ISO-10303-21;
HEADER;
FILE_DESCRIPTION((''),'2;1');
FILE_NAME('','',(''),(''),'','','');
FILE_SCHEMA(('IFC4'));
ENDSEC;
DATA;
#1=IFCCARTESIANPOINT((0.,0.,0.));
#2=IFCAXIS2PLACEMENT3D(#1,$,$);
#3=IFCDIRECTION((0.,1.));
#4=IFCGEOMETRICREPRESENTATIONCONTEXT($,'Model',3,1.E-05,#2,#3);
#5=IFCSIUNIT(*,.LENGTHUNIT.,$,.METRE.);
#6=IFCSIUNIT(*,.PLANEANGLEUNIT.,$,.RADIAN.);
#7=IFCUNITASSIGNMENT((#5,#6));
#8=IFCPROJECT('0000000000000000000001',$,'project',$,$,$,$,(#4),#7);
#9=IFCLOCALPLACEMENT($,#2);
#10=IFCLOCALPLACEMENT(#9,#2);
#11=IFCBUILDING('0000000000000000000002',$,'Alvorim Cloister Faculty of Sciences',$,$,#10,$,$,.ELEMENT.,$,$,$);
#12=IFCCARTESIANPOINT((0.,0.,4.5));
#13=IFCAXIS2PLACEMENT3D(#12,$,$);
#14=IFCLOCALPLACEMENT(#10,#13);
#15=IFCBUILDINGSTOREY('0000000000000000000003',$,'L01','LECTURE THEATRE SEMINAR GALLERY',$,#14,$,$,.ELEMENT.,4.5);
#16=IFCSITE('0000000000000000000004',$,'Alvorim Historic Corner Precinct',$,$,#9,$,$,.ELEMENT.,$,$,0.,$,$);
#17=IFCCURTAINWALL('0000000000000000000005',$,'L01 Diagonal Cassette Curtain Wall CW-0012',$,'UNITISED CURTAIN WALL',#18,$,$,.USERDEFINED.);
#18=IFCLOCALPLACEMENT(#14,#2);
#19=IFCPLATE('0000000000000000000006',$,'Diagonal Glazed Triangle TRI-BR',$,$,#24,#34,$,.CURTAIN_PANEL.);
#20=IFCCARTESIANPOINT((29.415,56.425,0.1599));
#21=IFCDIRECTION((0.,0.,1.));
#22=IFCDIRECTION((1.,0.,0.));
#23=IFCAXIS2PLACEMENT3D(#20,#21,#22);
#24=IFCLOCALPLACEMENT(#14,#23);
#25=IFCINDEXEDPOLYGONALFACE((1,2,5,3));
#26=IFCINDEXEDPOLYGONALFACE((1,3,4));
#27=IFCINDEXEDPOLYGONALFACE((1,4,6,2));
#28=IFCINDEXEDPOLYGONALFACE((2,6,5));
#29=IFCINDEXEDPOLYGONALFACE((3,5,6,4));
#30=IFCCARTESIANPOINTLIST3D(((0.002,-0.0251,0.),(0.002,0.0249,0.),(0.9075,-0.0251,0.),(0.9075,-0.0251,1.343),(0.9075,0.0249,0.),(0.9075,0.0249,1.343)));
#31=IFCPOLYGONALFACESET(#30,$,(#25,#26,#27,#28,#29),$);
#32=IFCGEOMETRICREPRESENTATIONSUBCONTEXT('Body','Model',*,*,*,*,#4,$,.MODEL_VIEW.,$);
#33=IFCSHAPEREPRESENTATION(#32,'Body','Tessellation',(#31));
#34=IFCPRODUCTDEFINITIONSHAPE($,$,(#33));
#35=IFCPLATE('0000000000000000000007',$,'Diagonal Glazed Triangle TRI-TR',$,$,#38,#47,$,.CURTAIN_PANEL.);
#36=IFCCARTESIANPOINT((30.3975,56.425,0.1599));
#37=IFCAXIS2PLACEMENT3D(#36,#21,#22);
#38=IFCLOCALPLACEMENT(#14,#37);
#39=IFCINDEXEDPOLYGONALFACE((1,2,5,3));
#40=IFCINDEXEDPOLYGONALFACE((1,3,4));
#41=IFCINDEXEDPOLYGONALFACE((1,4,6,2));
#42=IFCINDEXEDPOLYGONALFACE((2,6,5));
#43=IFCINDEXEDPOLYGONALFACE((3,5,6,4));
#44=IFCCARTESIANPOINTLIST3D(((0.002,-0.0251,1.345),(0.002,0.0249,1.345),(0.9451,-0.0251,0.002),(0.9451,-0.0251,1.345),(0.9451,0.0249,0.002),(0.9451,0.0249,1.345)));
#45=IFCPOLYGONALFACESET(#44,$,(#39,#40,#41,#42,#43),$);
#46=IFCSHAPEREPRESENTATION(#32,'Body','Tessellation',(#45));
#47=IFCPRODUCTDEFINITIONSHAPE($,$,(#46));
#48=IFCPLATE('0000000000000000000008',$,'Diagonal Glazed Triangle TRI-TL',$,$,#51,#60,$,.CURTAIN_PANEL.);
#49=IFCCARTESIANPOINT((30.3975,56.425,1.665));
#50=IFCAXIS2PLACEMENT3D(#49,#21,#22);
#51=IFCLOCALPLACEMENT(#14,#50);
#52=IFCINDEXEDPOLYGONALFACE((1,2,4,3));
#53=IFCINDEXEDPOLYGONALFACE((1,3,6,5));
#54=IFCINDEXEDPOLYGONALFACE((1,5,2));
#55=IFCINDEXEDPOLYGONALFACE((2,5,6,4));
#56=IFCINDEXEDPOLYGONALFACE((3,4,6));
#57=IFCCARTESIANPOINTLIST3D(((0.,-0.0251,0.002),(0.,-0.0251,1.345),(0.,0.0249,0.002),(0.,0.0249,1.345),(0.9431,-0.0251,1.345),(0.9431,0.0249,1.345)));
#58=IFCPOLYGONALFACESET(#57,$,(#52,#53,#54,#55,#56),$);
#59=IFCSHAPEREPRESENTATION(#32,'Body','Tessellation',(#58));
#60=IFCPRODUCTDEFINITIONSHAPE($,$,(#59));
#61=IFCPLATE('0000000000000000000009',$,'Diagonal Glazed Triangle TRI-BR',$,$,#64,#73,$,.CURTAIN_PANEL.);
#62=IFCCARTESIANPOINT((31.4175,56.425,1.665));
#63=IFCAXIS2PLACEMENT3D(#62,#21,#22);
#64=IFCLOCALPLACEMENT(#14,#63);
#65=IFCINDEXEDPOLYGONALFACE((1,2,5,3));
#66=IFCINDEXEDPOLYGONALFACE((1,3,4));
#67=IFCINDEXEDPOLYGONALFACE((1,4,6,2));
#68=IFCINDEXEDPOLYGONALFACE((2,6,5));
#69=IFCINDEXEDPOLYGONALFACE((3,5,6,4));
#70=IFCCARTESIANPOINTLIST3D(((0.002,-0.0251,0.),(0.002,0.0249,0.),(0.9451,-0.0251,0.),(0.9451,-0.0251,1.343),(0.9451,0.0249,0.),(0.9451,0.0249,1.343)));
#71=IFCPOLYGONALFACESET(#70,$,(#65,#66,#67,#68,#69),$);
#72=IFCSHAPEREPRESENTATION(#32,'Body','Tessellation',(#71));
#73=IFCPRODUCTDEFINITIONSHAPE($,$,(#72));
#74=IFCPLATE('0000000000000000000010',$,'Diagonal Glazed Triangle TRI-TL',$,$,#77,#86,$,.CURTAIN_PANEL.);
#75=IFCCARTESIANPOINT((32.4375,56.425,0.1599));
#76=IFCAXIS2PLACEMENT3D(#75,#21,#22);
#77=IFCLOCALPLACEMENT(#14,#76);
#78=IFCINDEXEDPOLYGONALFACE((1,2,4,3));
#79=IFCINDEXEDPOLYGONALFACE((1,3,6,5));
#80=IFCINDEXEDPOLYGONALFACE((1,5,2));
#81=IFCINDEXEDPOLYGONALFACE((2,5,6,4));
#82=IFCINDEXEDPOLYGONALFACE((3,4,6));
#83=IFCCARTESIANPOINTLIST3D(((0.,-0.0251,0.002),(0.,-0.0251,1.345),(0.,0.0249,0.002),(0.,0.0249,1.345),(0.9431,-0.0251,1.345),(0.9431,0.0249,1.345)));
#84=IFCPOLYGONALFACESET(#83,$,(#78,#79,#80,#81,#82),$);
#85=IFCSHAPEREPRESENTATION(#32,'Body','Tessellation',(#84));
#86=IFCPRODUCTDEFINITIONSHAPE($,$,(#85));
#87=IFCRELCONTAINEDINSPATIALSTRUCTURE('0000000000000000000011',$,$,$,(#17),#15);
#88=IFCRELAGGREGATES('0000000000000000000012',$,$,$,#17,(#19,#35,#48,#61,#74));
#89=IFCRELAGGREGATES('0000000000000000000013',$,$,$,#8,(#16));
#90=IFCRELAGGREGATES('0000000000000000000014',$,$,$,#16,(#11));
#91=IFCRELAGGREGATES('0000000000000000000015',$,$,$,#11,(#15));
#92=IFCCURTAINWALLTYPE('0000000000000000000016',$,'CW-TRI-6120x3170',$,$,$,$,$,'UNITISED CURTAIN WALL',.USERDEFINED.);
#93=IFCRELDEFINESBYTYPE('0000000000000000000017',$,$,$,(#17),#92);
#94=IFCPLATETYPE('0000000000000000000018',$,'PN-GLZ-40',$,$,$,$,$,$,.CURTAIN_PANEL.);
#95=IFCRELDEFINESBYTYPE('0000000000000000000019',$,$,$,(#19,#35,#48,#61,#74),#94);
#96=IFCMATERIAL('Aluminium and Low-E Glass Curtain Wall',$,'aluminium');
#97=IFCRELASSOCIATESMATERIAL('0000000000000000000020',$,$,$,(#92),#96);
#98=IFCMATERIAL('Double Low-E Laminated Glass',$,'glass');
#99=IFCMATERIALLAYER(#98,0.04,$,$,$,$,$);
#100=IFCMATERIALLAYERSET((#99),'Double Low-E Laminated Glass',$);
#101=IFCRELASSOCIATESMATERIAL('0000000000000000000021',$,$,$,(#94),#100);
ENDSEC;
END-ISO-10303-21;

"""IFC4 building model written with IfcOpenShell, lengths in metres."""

from ifc_helpers import new_model, si_unit, direction, frame, origin, place, context, subcontext, project, spatial, polyline, outline, extrude, material, layer, layer_set, type_object, element, aggregate, save


model = new_model("IFC4")

# Units and contexts
model_context = context("Model", 3, precision=1e-05, world=origin(), true_north=direction((0.0, 1.0)))
body_context = subcontext(model_context, "Body", "Model", "MODEL_VIEW")
ifc_project = project(units=[si_unit("LENGTHUNIT", "METRE"), si_unit("PLANEANGLEUNIT", "RADIAN")], contexts=[model_context])

# Site, building, storey
site_placement = place(None, origin())
site = spatial("IfcSite", under=ifc_project, at=site_placement, Name="Alvorim Historic Corner Precinct", CompositionType="ELEMENT", RefElevation=0.0)
building_placement = place(site_placement, origin())
building = spatial("IfcBuilding", under=site, at=building_placement, Name="Alvorim Cloister Faculty of Sciences", CompositionType="ELEMENT")
storey_placement = place(building_placement, frame((0.0, 0.0, 4.5)))
storey = spatial("IfcBuildingStorey", under=building, at=storey_placement, Name="L01", Description="LECTURE THEATRE SEMINAR GALLERY", CompositionType="ELEMENT", Elevation=4.5)

# Curtain wall, plates
ifc_material_1 = material(Name="Aluminium and Low-E Glass Curtain Wall", Category="aluminium")
curtain_wall_type = type_object("IfcCurtainWallType", Name="CW-TRI-6120x3170", ElementType="UNITISED CURTAIN WALL", PredefinedType="USERDEFINED", material=ifc_material_1)
curtain_wall_placement = place(storey_placement, origin())
curtain_wall = element("IfcCurtainWall", 1, at=curtain_wall_placement, inside=storey, type_object=curtain_wall_type, Name="L01 Diagonal Cassette Curtain Wall CW-0012", ObjectType="UNITISED CURTAIN WALL", PredefinedType="USERDEFINED")
ifc_material_2 = material(Name="Double Low-E Laminated Glass", Category="glass")
ifc_layer_1 = layer(ifc_material_2, 0.04)
ifc_layer_set_1 = layer_set([ifc_layer_1], Name="Double Low-E Laminated Glass")
plate_type = type_object("IfcPlateType", Name="PN-GLZ-40", PredefinedType="CURTAIN_PANEL", material=ifc_layer_set_1)
plate_1_placement = place(storey_placement, frame((29.415, 56.425, 0.1599), z_axis=(0.0, 0.0, 1.0), x_axis=(1.0, 0.0, 0.0)))
plate_1 = element("IfcPlate", 2, at=plate_1_placement, type_object=plate_type, Name="Diagonal Glazed Triangle TRI-BR", PredefinedType="CURTAIN_PANEL", context=body_context, shape_type="SweptSolid", body=[
    extrude(outline(polyline([(0.002, 0.0), (0.9075, 0.0), (0.9075, 1.343), (0.002, 0.0)])), frame((0.0, 0.0249, 0.0), z_axis=(0.0, -1.0, 0.0), x_axis=(1.0, 0.0, 0.0)), (0.0, 0.0, 1.0), 0.05),
])
plate_2_placement = place(storey_placement, frame((30.3975, 56.425, 0.1599), z_axis=(0.0, 0.0, 1.0), x_axis=(1.0, 0.0, 0.0)))
plate_2 = element("IfcPlate", 3, at=plate_2_placement, type_object=plate_type, Name="Diagonal Glazed Triangle TRI-TR", PredefinedType="CURTAIN_PANEL", context=body_context, shape_type="SweptSolid", body=[
    extrude(outline(polyline([(0.9451, 0.002), (0.9451, 1.345), (0.002, 1.345), (0.9451, 0.002)])), frame((0.0, 0.0249, 0.0), z_axis=(0.0, -1.0, 0.0), x_axis=(1.0, 0.0, 0.0)), (0.0, 0.0, 1.0), 0.05),
])
plate_3_placement = place(storey_placement, frame((30.3975, 56.425, 1.665), z_axis=(0.0, 0.0, 1.0), x_axis=(1.0, 0.0, 0.0)))
plate_3 = element("IfcPlate", 4, at=plate_3_placement, type_object=plate_type, Name="Diagonal Glazed Triangle TRI-TL", PredefinedType="CURTAIN_PANEL", context=body_context, shape_type="SweptSolid", body=[
    extrude(outline(polyline([(0.9431, 1.345), (0.0, 1.345), (0.0, 0.002), (0.9431, 1.345)])), frame((0.0, 0.0249, 0.0), z_axis=(0.0, -1.0, 0.0), x_axis=(1.0, 0.0, 0.0)), (0.0, 0.0, 1.0), 0.05),
])
plate_4_placement = place(storey_placement, frame((31.4175, 56.425, 1.665), z_axis=(0.0, 0.0, 1.0), x_axis=(1.0, 0.0, 0.0)))
plate_4 = element("IfcPlate", 5, at=plate_4_placement, type_object=plate_type, Name="Diagonal Glazed Triangle TRI-BR", PredefinedType="CURTAIN_PANEL", context=body_context, shape_type="SweptSolid", body=[
    extrude(outline(polyline([(0.002, 0.0), (0.9451, 0.0), (0.9451, 1.343), (0.002, 0.0)])), frame((0.0, 0.0249, 0.0), z_axis=(0.0, -1.0, 0.0), x_axis=(1.0, 0.0, 0.0)), (0.0, 0.0, 1.0), 0.05),
])
plate_5_placement = place(storey_placement, frame((32.4375, 56.425, 0.1599), z_axis=(0.0, 0.0, 1.0), x_axis=(1.0, 0.0, 0.0)))
plate_5 = element("IfcPlate", 6, at=plate_5_placement, type_object=plate_type, Name="Diagonal Glazed Triangle TRI-TL", PredefinedType="CURTAIN_PANEL", context=body_context, shape_type="SweptSolid", body=[
    extrude(outline(polyline([(0.9431, 1.345), (0.0, 1.345), (0.0, 0.002), (0.9431, 1.345)])), frame((0.0, 0.0249, 0.0), z_axis=(0.0, -1.0, 0.0), x_axis=(1.0, 0.0, 0.0)), (0.0, 0.0, 1.0), 0.05),
])
aggregate(curtain_wall, [plate_1, plate_2, plate_3, plate_4, plate_5])

save(model, "model.ifc")
